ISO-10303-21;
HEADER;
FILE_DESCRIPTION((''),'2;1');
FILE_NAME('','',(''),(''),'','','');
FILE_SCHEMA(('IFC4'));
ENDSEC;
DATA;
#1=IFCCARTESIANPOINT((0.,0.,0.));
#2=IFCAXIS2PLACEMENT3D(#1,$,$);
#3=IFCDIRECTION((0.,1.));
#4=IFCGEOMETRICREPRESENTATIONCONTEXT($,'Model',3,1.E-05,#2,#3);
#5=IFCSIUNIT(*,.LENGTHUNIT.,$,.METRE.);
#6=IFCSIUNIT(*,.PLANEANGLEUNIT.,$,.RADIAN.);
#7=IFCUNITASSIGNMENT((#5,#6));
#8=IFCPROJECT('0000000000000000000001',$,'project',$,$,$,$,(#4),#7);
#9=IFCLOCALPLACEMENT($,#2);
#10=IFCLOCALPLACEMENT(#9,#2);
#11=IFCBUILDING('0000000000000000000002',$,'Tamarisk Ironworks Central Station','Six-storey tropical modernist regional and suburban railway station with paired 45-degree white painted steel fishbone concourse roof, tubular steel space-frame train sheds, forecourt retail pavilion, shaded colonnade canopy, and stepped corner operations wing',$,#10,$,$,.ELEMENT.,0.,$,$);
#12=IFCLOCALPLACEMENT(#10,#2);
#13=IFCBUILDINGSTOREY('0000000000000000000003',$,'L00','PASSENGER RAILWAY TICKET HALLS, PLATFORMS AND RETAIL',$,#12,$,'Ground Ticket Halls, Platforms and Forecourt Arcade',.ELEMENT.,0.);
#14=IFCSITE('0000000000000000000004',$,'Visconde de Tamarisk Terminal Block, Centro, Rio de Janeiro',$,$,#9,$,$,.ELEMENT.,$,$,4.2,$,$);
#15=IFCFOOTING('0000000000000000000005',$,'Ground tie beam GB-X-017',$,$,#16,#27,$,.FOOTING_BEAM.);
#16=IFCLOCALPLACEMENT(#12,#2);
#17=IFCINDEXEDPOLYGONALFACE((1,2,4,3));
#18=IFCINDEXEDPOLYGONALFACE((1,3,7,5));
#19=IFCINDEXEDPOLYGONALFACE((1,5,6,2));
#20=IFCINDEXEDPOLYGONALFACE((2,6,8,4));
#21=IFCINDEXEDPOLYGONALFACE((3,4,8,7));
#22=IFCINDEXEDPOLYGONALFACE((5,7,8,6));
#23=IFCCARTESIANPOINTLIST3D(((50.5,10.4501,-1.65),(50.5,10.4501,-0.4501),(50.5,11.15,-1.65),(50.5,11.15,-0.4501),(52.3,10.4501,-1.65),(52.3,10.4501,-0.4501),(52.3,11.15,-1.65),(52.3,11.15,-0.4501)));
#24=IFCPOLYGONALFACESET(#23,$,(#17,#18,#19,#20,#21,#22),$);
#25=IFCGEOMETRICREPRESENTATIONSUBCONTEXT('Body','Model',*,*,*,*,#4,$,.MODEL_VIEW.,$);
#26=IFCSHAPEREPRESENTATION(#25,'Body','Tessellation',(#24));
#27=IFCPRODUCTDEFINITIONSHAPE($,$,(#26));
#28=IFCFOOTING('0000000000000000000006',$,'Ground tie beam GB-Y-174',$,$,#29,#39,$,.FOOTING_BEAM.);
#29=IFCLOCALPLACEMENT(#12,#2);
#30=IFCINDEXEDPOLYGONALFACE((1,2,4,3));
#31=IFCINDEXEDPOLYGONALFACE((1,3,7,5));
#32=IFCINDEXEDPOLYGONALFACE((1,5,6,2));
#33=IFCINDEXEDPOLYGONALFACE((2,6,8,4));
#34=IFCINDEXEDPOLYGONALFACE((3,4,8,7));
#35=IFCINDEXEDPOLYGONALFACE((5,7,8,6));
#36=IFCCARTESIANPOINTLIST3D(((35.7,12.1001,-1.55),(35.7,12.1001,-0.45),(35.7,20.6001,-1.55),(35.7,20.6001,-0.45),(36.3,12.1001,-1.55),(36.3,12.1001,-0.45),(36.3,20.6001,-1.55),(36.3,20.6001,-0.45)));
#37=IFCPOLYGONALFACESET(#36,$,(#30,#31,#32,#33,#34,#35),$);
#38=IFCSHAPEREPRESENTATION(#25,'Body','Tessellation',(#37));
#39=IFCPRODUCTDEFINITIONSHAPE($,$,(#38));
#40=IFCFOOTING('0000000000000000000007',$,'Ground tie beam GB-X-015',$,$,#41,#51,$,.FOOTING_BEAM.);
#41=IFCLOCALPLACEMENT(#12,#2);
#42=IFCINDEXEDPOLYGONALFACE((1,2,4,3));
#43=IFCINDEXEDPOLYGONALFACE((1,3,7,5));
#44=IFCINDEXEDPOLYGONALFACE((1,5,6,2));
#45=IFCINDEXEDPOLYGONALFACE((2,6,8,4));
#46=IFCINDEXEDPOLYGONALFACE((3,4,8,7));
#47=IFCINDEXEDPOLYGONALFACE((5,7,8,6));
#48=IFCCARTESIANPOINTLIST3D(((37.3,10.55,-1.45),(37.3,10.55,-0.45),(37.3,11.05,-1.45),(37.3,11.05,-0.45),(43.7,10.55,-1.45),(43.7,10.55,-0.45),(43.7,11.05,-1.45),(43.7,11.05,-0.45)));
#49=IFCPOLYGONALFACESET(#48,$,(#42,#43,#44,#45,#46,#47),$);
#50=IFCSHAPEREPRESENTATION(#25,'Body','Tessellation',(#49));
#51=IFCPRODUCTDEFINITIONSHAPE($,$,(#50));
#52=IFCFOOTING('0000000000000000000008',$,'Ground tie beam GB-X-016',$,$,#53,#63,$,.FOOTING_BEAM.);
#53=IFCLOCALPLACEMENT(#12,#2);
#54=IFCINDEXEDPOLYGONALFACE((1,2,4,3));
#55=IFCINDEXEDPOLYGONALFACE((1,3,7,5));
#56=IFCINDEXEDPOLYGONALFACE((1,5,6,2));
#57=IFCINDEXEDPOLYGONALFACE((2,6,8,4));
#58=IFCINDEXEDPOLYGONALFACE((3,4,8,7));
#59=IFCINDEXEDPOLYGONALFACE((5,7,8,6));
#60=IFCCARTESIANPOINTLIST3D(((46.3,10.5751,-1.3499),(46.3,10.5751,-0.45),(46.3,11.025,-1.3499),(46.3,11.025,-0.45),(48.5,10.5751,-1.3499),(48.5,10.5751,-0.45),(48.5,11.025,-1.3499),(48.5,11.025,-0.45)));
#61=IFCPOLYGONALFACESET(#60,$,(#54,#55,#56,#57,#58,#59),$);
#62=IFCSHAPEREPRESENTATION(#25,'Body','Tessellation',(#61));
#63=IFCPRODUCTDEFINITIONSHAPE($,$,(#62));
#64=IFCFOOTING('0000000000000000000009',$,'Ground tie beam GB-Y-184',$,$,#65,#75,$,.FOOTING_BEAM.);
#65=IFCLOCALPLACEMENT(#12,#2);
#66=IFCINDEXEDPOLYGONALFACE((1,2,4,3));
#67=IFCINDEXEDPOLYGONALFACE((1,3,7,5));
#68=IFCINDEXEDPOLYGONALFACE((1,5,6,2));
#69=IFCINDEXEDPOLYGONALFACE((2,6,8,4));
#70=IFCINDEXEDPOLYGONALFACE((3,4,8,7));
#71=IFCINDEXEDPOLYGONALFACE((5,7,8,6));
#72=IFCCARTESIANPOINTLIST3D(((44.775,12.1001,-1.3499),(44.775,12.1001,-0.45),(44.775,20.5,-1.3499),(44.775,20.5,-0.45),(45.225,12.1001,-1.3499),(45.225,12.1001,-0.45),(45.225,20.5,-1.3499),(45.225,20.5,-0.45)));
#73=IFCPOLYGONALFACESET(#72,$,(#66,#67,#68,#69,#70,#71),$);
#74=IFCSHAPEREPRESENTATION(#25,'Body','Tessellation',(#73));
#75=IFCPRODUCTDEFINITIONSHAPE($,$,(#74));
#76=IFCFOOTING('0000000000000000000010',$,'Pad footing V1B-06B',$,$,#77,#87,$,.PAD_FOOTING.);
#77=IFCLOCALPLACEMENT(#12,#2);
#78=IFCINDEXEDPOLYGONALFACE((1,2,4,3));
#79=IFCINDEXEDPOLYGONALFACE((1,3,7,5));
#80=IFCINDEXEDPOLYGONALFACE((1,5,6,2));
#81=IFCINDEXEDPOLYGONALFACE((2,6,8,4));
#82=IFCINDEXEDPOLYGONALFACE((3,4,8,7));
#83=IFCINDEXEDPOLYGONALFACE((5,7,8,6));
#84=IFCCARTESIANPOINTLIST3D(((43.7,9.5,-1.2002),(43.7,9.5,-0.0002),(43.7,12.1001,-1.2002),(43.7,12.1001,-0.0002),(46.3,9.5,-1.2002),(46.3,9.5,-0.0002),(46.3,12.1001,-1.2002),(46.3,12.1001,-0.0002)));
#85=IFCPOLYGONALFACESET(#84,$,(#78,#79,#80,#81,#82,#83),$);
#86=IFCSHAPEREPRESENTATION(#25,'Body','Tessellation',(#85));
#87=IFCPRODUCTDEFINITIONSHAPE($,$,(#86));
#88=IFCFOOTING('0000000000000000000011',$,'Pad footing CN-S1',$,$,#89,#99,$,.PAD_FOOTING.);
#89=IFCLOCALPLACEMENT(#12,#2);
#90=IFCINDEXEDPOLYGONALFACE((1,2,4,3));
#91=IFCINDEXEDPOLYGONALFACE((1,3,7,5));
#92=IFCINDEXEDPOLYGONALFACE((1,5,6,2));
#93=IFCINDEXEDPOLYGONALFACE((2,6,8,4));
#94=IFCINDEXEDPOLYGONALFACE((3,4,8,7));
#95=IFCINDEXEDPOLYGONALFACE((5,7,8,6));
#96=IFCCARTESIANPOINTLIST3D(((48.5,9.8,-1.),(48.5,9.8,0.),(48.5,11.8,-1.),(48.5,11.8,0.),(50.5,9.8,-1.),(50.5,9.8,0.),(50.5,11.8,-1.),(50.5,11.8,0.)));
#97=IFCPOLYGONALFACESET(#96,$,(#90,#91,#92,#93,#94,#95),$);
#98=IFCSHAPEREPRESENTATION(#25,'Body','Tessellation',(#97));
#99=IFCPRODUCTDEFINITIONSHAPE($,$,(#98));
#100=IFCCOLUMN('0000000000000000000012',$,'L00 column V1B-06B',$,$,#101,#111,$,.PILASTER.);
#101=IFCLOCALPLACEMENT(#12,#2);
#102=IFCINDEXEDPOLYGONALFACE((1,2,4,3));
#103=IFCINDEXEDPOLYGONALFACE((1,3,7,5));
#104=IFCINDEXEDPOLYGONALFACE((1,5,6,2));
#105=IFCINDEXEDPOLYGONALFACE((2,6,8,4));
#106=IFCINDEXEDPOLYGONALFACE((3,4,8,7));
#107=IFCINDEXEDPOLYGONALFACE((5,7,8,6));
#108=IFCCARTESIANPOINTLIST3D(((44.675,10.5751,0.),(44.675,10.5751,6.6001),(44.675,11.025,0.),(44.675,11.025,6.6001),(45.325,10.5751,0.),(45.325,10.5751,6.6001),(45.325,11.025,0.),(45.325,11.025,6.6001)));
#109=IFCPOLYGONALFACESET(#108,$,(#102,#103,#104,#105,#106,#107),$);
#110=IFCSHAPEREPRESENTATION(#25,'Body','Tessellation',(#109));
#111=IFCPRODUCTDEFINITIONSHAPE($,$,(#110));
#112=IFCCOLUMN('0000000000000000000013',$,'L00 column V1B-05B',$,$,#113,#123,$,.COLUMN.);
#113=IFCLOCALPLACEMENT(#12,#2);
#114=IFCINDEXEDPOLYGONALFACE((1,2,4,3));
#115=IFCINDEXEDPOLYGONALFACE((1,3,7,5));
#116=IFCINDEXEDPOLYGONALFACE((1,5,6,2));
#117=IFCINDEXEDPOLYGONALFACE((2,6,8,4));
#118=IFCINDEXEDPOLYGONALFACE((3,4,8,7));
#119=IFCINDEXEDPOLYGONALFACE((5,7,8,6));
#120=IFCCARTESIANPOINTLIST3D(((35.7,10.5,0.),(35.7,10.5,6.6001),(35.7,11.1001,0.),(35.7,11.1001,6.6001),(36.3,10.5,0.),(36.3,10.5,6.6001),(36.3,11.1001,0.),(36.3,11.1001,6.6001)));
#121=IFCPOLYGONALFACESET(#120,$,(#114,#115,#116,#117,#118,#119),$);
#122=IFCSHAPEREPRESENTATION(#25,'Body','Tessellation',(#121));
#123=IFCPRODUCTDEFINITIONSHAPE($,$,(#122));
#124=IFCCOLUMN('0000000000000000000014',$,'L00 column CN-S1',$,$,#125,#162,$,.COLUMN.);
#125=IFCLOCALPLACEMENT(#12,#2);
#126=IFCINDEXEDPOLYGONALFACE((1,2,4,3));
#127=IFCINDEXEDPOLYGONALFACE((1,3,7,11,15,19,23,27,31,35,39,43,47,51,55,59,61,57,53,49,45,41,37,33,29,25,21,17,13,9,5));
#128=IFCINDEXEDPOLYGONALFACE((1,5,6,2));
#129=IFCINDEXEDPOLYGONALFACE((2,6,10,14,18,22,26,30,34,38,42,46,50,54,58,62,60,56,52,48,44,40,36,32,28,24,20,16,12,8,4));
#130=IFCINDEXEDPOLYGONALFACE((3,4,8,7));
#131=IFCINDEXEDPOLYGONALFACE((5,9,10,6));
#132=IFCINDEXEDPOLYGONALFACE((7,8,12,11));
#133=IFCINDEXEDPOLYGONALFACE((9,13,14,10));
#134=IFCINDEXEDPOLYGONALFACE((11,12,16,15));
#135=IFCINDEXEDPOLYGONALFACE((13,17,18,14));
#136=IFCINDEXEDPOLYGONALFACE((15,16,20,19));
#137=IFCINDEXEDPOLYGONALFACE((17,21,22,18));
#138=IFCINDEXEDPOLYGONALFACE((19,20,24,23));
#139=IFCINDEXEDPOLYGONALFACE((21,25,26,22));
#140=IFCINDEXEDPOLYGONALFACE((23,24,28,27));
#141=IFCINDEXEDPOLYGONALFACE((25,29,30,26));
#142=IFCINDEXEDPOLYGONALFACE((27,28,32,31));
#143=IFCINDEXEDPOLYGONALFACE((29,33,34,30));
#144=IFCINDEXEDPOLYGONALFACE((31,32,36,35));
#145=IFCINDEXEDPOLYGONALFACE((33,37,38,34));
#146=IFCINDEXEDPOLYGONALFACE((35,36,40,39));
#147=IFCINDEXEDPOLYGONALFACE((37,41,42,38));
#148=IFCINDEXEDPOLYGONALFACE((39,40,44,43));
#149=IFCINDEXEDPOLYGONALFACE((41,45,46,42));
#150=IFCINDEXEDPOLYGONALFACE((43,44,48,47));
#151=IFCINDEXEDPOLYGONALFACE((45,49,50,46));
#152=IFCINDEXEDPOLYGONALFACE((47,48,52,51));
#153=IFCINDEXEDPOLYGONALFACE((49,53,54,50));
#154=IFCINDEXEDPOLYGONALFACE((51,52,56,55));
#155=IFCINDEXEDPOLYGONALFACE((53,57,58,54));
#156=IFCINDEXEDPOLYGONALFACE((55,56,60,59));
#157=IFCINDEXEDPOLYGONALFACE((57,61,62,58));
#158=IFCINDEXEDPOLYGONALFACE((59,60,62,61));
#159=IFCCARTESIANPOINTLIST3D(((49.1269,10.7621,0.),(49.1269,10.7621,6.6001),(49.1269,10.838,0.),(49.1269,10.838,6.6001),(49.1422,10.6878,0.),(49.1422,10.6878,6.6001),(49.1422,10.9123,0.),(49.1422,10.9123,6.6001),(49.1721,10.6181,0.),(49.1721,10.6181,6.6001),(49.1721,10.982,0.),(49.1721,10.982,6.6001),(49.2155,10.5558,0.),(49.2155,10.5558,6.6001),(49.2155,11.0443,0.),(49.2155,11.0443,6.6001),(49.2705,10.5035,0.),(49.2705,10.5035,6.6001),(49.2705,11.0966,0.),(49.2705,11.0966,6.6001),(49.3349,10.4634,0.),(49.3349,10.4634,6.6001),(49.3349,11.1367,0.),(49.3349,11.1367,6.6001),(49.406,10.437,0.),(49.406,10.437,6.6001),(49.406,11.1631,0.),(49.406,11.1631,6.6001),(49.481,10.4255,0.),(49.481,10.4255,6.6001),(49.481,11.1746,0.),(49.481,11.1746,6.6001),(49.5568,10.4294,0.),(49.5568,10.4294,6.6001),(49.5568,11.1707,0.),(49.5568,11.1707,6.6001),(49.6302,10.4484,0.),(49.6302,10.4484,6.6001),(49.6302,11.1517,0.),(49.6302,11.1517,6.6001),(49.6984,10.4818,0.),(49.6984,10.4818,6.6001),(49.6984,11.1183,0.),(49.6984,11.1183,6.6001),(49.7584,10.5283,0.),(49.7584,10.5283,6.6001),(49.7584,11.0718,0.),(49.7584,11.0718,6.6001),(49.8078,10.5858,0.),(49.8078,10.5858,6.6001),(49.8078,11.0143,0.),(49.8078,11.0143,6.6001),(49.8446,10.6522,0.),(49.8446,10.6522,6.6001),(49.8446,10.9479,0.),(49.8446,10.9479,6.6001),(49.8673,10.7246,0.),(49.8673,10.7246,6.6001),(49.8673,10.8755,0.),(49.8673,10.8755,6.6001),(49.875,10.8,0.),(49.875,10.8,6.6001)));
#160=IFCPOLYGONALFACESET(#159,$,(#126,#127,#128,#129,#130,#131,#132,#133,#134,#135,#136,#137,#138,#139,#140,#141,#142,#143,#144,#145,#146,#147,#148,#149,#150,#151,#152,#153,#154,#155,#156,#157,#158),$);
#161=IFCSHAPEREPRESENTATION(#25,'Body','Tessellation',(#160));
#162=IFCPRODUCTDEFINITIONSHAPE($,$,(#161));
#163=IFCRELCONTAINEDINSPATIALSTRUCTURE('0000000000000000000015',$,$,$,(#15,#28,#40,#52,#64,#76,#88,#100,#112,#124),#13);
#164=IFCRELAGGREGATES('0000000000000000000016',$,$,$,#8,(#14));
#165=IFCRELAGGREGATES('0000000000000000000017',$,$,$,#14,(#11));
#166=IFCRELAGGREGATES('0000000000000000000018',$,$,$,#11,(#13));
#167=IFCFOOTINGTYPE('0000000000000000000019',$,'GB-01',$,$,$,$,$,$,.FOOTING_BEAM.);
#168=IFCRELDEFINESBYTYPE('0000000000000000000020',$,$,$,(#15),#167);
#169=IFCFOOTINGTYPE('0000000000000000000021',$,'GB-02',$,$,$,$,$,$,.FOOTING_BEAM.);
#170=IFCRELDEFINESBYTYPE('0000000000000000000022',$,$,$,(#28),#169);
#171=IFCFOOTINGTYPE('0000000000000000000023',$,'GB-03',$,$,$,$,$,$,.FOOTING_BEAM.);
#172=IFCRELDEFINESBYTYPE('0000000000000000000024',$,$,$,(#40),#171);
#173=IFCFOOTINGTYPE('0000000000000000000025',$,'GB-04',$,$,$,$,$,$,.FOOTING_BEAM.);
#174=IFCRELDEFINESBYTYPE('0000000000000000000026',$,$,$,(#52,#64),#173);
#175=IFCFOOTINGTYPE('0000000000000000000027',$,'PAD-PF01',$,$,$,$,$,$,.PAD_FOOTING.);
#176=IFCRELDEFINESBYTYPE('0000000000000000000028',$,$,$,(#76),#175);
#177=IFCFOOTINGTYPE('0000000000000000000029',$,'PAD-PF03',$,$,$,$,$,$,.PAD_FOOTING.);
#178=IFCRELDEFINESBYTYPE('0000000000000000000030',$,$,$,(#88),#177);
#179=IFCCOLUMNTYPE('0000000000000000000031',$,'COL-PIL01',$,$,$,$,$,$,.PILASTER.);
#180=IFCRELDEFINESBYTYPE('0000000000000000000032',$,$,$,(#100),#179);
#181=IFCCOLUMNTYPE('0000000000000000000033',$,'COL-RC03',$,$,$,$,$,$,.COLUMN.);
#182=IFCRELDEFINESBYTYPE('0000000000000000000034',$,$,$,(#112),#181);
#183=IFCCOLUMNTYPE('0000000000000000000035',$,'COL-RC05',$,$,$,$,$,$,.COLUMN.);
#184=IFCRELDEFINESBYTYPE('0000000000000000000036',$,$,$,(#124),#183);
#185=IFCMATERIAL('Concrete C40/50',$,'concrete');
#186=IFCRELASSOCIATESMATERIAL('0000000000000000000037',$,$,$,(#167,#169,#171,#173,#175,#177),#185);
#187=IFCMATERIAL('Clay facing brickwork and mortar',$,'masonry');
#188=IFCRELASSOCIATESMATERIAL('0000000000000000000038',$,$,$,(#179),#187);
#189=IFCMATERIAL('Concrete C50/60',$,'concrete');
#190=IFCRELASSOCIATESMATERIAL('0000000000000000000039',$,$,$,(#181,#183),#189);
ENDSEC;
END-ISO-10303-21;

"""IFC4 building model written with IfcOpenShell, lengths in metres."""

from ifc_helpers import new_model, si_unit, direction, frame, origin, origin_2d, place, context, subcontext, project, spatial, rectangle, circle, extrude, material, material_profile, profile_set, type_object, element, save


model = new_model("IFC4")

# Units and contexts
model_context = context("Model", 3, precision=1e-05, world=origin(), true_north=direction((0.0, 1.0)))
body_context = subcontext(model_context, "Body", "Model", "MODEL_VIEW")
ifc_project = project(units=[si_unit("LENGTHUNIT", "METRE"), si_unit("PLANEANGLEUNIT", "RADIAN")], contexts=[model_context])

# Site, building, storey
site_placement = place(None, origin())
site = spatial("IfcSite", under=ifc_project, at=site_placement, Name="Visconde de Tamarisk Terminal Block, Centro, Rio de Janeiro", CompositionType="ELEMENT", RefElevation=4.2)
building_placement = place(site_placement, origin())
building = spatial("IfcBuilding", under=site, at=building_placement, Name="Tamarisk Ironworks Central Station", Description="Six-storey tropical modernist regional and suburban railway station with paired 45-degree white painted steel fishbone concourse roof, tubular steel space-frame train sheds, forecourt retail pavilion, shaded colonnade canopy, and stepped corner operations wing", CompositionType="ELEMENT", ElevationOfRefHeight=0.0)
storey_placement = place(building_placement, origin())
storey = spatial("IfcBuildingStorey", under=building, at=storey_placement, Name="L00", Description="PASSENGER RAILWAY TICKET HALLS, PLATFORMS AND RETAIL", LongName="Ground Ticket Halls, Platforms and Forecourt Arcade", CompositionType="ELEMENT", Elevation=0.0)

# Footings
ifc_material_1 = material(Name="Concrete C40/50", Category="concrete")
ifc_material_profile_1 = material_profile(ifc_material_1, rectangle(XDim=0.7, YDim=1.2, at=origin_2d()), Name="GB01 700x1200")
ifc_profile_set_1 = profile_set([ifc_material_profile_1], Name="Concrete C40/50")
footing_type_1 = type_object("IfcFootingType", Name="GB-01", PredefinedType="FOOTING_BEAM", material=ifc_profile_set_1)
footing_1_placement = place(storey_placement, frame((50.5, 10.8, -1.05), z_axis=(1.0, 0.0, 0.0), x_axis=(0.0, 1.0, 0.0)))
element("IfcFooting", 1, at=footing_1_placement, inside=storey, type_object=footing_type_1, Name="Ground tie beam GB-X-017", PredefinedType="FOOTING_BEAM", context=body_context, shape_type="SweptSolid", body=[
    extrude(rectangle(XDim=0.7, YDim=1.2, at=origin_2d()), origin(), (0.0, 0.0, 1.0), 1.8),
])
ifc_material_profile_2 = material_profile(ifc_material_1, rectangle(XDim=0.6001, YDim=1.1001, at=origin_2d()), Name="GB02 600x1100")
ifc_profile_set_2 = profile_set([ifc_material_profile_2], Name="Concrete C40/50")
footing_type_2 = type_object("IfcFootingType", Name="GB-02", PredefinedType="FOOTING_BEAM", material=ifc_profile_set_2)
footing_2_placement = place(storey_placement, frame((36.0, 12.1001, -1.0), z_axis=(0.0, 1.0, 0.0), x_axis=(-1.0, 0.0, 0.0)))
element("IfcFooting", 2, at=footing_2_placement, inside=storey, type_object=footing_type_2, Name="Ground tie beam GB-Y-174", PredefinedType="FOOTING_BEAM", context=body_context, shape_type="SweptSolid", body=[
    extrude(rectangle(XDim=0.6001, YDim=1.1001, at=origin_2d()), origin(), (0.0, 0.0, 1.0), 8.5),
])
ifc_material_profile_3 = material_profile(ifc_material_1, rectangle(XDim=0.5, YDim=1.0, at=origin_2d()), Name="GB03 500x1000")
ifc_profile_set_3 = profile_set([ifc_material_profile_3], Name="Concrete C40/50")
footing_type_3 = type_object("IfcFootingType", Name="GB-03", PredefinedType="FOOTING_BEAM", material=ifc_profile_set_3)
footing_3_placement = place(storey_placement, frame((37.3, 10.8, -0.95), z_axis=(1.0, 0.0, 0.0), x_axis=(0.0, 1.0, 0.0)))
element("IfcFooting", 3, at=footing_3_placement, inside=storey, type_object=footing_type_3, Name="Ground tie beam GB-X-015", PredefinedType="FOOTING_BEAM", context=body_context, shape_type="SweptSolid", body=[
    extrude(rectangle(XDim=0.5, YDim=1.0, at=origin_2d()), origin(), (0.0, 0.0, 1.0), 6.3999),
])
ifc_material_profile_4 = material_profile(ifc_material_1, rectangle(XDim=0.45, YDim=0.8999, at=origin_2d()), Name="GB04 450x900")
ifc_profile_set_4 = profile_set([ifc_material_profile_4], Name="Concrete C40/50")
footing_type_4 = type_object("IfcFootingType", Name="GB-04", PredefinedType="FOOTING_BEAM", material=ifc_profile_set_4)
footing_4_placement = place(storey_placement, frame((46.3, 10.8, -0.8999), z_axis=(1.0, 0.0, 0.0), x_axis=(0.0, 1.0, 0.0)))
element("IfcFooting", 4, at=footing_4_placement, inside=storey, type_object=footing_type_4, Name="Ground tie beam GB-X-016", PredefinedType="FOOTING_BEAM", context=body_context, shape_type="SweptSolid", body=[
    extrude(rectangle(XDim=0.45, YDim=0.8999, at=origin_2d()), origin(), (0.0, 0.0, 1.0), 2.2),
])
footing_5_placement = place(storey_placement, frame((45.0, 12.1001, -0.8999), z_axis=(0.0, 1.0, 0.0), x_axis=(-1.0, 0.0, 0.0)))
element("IfcFooting", 5, at=footing_5_placement, inside=storey, type_object=footing_type_4, Name="Ground tie beam GB-Y-184", PredefinedType="FOOTING_BEAM", context=body_context, shape_type="SweptSolid", body=[
    extrude(rectangle(XDim=0.45, YDim=0.8999, at=origin_2d()), origin(), (0.0, 0.0, 1.0), 8.3999),
])
footing_type_5 = type_object("IfcFootingType", Name="PAD-PF01", PredefinedType="PAD_FOOTING", material=ifc_material_1)
footing_6_placement = place(storey_placement, frame((45.0, 10.8, -1.2002), z_axis=(0.0, 0.0, 1.0), x_axis=(1.0, 0.0, 0.0)))
element("IfcFooting", 6, at=footing_6_placement, inside=storey, type_object=footing_type_5, Name="Pad footing V1B-06B", PredefinedType="PAD_FOOTING", context=body_context, shape_type="SweptSolid", body=[
    extrude(rectangle(XDim=2.6001, YDim=2.6001, at=origin_2d()), origin(), (0.0, 0.0, 1.0), 1.2),
])
footing_type_6 = type_object("IfcFootingType", Name="PAD-PF03", PredefinedType="PAD_FOOTING", material=ifc_material_1)
footing_7_placement = place(storey_placement, frame((49.5, 10.8, -1.0), z_axis=(0.0, 0.0, 1.0), x_axis=(1.0, 0.0, 0.0)))
element("IfcFooting", 7, at=footing_7_placement, inside=storey, type_object=footing_type_6, Name="Pad footing CN-S1", PredefinedType="PAD_FOOTING", context=body_context, shape_type="SweptSolid", body=[
    extrude(rectangle(XDim=2.0, YDim=2.0, at=origin_2d()), origin(), (0.0, 0.0, 1.0), 1.0),
])

# Columns
ifc_material_2 = material(Name="Clay facing brickwork and mortar", Category="masonry")
ifc_material_profile_5 = material_profile(ifc_material_2, rectangle(XDim=0.6499, YDim=0.45, at=origin_2d()), Name="PIL 650x450")
ifc_profile_set_5 = profile_set([ifc_material_profile_5], Name="Clay facing brickwork and mortar")
column_type_1 = type_object("IfcColumnType", Name="COL-PIL01", PredefinedType="PILASTER", material=ifc_profile_set_5)
column_1_placement = place(storey_placement, frame((45.0, 10.8, 0.0), z_axis=(0.0, 0.0, 1.0), x_axis=(1.0, 0.0, 0.0)))
element("IfcColumn", 8, at=column_1_placement, inside=storey, type_object=column_type_1, Name="L00 column V1B-06B", PredefinedType="PILASTER", context=body_context, shape_type="SweptSolid", body=[
    extrude(rectangle(XDim=0.6499, YDim=0.45, at=origin_2d()), origin(), (0.0, 0.0, 1.0), 6.6001),
])
ifc_material_3 = material(Name="Concrete C50/60", Category="concrete")
ifc_material_profile_6 = material_profile(ifc_material_3, rectangle(XDim=0.6001, YDim=0.6001, at=origin_2d()), Name="RC 600x600")
ifc_profile_set_6 = profile_set([ifc_material_profile_6], Name="Concrete C50/60")
column_type_2 = type_object("IfcColumnType", Name="COL-RC03", PredefinedType="COLUMN", material=ifc_profile_set_6)
column_2_placement = place(storey_placement, frame((36.0, 10.8, 0.0), z_axis=(0.0, 0.0, 1.0), x_axis=(1.0, 0.0, 0.0)))
element("IfcColumn", 9, at=column_2_placement, inside=storey, type_object=column_type_2, Name="L00 column V1B-05B", PredefinedType="COLUMN", context=body_context, shape_type="SweptSolid", body=[
    extrude(rectangle(XDim=0.6001, YDim=0.6001, at=origin_2d()), origin(), (0.0, 0.0, 1.0), 6.6001),
])
ifc_material_profile_7 = material_profile(ifc_material_3, circle(Radius=0.375, at=origin_2d()), Name="RC D750")
ifc_profile_set_7 = profile_set([ifc_material_profile_7], Name="Concrete C50/60")
column_type_3 = type_object("IfcColumnType", Name="COL-RC05", PredefinedType="COLUMN", material=ifc_profile_set_7)
column_3_placement = place(storey_placement, frame((49.5, 10.8, 0.0), z_axis=(0.0, 0.0, 1.0), x_axis=(1.0, 0.0, 0.0)))
element("IfcColumn", 10, at=column_3_placement, inside=storey, type_object=column_type_3, Name="L00 column CN-S1", PredefinedType="COLUMN", context=body_context, shape_type="SweptSolid", body=[
    extrude(circle(Radius=0.375, at=origin_2d()), origin(), (0.0, 0.0, 1.0), 6.6001),
])

save(model, "model.ifc")
